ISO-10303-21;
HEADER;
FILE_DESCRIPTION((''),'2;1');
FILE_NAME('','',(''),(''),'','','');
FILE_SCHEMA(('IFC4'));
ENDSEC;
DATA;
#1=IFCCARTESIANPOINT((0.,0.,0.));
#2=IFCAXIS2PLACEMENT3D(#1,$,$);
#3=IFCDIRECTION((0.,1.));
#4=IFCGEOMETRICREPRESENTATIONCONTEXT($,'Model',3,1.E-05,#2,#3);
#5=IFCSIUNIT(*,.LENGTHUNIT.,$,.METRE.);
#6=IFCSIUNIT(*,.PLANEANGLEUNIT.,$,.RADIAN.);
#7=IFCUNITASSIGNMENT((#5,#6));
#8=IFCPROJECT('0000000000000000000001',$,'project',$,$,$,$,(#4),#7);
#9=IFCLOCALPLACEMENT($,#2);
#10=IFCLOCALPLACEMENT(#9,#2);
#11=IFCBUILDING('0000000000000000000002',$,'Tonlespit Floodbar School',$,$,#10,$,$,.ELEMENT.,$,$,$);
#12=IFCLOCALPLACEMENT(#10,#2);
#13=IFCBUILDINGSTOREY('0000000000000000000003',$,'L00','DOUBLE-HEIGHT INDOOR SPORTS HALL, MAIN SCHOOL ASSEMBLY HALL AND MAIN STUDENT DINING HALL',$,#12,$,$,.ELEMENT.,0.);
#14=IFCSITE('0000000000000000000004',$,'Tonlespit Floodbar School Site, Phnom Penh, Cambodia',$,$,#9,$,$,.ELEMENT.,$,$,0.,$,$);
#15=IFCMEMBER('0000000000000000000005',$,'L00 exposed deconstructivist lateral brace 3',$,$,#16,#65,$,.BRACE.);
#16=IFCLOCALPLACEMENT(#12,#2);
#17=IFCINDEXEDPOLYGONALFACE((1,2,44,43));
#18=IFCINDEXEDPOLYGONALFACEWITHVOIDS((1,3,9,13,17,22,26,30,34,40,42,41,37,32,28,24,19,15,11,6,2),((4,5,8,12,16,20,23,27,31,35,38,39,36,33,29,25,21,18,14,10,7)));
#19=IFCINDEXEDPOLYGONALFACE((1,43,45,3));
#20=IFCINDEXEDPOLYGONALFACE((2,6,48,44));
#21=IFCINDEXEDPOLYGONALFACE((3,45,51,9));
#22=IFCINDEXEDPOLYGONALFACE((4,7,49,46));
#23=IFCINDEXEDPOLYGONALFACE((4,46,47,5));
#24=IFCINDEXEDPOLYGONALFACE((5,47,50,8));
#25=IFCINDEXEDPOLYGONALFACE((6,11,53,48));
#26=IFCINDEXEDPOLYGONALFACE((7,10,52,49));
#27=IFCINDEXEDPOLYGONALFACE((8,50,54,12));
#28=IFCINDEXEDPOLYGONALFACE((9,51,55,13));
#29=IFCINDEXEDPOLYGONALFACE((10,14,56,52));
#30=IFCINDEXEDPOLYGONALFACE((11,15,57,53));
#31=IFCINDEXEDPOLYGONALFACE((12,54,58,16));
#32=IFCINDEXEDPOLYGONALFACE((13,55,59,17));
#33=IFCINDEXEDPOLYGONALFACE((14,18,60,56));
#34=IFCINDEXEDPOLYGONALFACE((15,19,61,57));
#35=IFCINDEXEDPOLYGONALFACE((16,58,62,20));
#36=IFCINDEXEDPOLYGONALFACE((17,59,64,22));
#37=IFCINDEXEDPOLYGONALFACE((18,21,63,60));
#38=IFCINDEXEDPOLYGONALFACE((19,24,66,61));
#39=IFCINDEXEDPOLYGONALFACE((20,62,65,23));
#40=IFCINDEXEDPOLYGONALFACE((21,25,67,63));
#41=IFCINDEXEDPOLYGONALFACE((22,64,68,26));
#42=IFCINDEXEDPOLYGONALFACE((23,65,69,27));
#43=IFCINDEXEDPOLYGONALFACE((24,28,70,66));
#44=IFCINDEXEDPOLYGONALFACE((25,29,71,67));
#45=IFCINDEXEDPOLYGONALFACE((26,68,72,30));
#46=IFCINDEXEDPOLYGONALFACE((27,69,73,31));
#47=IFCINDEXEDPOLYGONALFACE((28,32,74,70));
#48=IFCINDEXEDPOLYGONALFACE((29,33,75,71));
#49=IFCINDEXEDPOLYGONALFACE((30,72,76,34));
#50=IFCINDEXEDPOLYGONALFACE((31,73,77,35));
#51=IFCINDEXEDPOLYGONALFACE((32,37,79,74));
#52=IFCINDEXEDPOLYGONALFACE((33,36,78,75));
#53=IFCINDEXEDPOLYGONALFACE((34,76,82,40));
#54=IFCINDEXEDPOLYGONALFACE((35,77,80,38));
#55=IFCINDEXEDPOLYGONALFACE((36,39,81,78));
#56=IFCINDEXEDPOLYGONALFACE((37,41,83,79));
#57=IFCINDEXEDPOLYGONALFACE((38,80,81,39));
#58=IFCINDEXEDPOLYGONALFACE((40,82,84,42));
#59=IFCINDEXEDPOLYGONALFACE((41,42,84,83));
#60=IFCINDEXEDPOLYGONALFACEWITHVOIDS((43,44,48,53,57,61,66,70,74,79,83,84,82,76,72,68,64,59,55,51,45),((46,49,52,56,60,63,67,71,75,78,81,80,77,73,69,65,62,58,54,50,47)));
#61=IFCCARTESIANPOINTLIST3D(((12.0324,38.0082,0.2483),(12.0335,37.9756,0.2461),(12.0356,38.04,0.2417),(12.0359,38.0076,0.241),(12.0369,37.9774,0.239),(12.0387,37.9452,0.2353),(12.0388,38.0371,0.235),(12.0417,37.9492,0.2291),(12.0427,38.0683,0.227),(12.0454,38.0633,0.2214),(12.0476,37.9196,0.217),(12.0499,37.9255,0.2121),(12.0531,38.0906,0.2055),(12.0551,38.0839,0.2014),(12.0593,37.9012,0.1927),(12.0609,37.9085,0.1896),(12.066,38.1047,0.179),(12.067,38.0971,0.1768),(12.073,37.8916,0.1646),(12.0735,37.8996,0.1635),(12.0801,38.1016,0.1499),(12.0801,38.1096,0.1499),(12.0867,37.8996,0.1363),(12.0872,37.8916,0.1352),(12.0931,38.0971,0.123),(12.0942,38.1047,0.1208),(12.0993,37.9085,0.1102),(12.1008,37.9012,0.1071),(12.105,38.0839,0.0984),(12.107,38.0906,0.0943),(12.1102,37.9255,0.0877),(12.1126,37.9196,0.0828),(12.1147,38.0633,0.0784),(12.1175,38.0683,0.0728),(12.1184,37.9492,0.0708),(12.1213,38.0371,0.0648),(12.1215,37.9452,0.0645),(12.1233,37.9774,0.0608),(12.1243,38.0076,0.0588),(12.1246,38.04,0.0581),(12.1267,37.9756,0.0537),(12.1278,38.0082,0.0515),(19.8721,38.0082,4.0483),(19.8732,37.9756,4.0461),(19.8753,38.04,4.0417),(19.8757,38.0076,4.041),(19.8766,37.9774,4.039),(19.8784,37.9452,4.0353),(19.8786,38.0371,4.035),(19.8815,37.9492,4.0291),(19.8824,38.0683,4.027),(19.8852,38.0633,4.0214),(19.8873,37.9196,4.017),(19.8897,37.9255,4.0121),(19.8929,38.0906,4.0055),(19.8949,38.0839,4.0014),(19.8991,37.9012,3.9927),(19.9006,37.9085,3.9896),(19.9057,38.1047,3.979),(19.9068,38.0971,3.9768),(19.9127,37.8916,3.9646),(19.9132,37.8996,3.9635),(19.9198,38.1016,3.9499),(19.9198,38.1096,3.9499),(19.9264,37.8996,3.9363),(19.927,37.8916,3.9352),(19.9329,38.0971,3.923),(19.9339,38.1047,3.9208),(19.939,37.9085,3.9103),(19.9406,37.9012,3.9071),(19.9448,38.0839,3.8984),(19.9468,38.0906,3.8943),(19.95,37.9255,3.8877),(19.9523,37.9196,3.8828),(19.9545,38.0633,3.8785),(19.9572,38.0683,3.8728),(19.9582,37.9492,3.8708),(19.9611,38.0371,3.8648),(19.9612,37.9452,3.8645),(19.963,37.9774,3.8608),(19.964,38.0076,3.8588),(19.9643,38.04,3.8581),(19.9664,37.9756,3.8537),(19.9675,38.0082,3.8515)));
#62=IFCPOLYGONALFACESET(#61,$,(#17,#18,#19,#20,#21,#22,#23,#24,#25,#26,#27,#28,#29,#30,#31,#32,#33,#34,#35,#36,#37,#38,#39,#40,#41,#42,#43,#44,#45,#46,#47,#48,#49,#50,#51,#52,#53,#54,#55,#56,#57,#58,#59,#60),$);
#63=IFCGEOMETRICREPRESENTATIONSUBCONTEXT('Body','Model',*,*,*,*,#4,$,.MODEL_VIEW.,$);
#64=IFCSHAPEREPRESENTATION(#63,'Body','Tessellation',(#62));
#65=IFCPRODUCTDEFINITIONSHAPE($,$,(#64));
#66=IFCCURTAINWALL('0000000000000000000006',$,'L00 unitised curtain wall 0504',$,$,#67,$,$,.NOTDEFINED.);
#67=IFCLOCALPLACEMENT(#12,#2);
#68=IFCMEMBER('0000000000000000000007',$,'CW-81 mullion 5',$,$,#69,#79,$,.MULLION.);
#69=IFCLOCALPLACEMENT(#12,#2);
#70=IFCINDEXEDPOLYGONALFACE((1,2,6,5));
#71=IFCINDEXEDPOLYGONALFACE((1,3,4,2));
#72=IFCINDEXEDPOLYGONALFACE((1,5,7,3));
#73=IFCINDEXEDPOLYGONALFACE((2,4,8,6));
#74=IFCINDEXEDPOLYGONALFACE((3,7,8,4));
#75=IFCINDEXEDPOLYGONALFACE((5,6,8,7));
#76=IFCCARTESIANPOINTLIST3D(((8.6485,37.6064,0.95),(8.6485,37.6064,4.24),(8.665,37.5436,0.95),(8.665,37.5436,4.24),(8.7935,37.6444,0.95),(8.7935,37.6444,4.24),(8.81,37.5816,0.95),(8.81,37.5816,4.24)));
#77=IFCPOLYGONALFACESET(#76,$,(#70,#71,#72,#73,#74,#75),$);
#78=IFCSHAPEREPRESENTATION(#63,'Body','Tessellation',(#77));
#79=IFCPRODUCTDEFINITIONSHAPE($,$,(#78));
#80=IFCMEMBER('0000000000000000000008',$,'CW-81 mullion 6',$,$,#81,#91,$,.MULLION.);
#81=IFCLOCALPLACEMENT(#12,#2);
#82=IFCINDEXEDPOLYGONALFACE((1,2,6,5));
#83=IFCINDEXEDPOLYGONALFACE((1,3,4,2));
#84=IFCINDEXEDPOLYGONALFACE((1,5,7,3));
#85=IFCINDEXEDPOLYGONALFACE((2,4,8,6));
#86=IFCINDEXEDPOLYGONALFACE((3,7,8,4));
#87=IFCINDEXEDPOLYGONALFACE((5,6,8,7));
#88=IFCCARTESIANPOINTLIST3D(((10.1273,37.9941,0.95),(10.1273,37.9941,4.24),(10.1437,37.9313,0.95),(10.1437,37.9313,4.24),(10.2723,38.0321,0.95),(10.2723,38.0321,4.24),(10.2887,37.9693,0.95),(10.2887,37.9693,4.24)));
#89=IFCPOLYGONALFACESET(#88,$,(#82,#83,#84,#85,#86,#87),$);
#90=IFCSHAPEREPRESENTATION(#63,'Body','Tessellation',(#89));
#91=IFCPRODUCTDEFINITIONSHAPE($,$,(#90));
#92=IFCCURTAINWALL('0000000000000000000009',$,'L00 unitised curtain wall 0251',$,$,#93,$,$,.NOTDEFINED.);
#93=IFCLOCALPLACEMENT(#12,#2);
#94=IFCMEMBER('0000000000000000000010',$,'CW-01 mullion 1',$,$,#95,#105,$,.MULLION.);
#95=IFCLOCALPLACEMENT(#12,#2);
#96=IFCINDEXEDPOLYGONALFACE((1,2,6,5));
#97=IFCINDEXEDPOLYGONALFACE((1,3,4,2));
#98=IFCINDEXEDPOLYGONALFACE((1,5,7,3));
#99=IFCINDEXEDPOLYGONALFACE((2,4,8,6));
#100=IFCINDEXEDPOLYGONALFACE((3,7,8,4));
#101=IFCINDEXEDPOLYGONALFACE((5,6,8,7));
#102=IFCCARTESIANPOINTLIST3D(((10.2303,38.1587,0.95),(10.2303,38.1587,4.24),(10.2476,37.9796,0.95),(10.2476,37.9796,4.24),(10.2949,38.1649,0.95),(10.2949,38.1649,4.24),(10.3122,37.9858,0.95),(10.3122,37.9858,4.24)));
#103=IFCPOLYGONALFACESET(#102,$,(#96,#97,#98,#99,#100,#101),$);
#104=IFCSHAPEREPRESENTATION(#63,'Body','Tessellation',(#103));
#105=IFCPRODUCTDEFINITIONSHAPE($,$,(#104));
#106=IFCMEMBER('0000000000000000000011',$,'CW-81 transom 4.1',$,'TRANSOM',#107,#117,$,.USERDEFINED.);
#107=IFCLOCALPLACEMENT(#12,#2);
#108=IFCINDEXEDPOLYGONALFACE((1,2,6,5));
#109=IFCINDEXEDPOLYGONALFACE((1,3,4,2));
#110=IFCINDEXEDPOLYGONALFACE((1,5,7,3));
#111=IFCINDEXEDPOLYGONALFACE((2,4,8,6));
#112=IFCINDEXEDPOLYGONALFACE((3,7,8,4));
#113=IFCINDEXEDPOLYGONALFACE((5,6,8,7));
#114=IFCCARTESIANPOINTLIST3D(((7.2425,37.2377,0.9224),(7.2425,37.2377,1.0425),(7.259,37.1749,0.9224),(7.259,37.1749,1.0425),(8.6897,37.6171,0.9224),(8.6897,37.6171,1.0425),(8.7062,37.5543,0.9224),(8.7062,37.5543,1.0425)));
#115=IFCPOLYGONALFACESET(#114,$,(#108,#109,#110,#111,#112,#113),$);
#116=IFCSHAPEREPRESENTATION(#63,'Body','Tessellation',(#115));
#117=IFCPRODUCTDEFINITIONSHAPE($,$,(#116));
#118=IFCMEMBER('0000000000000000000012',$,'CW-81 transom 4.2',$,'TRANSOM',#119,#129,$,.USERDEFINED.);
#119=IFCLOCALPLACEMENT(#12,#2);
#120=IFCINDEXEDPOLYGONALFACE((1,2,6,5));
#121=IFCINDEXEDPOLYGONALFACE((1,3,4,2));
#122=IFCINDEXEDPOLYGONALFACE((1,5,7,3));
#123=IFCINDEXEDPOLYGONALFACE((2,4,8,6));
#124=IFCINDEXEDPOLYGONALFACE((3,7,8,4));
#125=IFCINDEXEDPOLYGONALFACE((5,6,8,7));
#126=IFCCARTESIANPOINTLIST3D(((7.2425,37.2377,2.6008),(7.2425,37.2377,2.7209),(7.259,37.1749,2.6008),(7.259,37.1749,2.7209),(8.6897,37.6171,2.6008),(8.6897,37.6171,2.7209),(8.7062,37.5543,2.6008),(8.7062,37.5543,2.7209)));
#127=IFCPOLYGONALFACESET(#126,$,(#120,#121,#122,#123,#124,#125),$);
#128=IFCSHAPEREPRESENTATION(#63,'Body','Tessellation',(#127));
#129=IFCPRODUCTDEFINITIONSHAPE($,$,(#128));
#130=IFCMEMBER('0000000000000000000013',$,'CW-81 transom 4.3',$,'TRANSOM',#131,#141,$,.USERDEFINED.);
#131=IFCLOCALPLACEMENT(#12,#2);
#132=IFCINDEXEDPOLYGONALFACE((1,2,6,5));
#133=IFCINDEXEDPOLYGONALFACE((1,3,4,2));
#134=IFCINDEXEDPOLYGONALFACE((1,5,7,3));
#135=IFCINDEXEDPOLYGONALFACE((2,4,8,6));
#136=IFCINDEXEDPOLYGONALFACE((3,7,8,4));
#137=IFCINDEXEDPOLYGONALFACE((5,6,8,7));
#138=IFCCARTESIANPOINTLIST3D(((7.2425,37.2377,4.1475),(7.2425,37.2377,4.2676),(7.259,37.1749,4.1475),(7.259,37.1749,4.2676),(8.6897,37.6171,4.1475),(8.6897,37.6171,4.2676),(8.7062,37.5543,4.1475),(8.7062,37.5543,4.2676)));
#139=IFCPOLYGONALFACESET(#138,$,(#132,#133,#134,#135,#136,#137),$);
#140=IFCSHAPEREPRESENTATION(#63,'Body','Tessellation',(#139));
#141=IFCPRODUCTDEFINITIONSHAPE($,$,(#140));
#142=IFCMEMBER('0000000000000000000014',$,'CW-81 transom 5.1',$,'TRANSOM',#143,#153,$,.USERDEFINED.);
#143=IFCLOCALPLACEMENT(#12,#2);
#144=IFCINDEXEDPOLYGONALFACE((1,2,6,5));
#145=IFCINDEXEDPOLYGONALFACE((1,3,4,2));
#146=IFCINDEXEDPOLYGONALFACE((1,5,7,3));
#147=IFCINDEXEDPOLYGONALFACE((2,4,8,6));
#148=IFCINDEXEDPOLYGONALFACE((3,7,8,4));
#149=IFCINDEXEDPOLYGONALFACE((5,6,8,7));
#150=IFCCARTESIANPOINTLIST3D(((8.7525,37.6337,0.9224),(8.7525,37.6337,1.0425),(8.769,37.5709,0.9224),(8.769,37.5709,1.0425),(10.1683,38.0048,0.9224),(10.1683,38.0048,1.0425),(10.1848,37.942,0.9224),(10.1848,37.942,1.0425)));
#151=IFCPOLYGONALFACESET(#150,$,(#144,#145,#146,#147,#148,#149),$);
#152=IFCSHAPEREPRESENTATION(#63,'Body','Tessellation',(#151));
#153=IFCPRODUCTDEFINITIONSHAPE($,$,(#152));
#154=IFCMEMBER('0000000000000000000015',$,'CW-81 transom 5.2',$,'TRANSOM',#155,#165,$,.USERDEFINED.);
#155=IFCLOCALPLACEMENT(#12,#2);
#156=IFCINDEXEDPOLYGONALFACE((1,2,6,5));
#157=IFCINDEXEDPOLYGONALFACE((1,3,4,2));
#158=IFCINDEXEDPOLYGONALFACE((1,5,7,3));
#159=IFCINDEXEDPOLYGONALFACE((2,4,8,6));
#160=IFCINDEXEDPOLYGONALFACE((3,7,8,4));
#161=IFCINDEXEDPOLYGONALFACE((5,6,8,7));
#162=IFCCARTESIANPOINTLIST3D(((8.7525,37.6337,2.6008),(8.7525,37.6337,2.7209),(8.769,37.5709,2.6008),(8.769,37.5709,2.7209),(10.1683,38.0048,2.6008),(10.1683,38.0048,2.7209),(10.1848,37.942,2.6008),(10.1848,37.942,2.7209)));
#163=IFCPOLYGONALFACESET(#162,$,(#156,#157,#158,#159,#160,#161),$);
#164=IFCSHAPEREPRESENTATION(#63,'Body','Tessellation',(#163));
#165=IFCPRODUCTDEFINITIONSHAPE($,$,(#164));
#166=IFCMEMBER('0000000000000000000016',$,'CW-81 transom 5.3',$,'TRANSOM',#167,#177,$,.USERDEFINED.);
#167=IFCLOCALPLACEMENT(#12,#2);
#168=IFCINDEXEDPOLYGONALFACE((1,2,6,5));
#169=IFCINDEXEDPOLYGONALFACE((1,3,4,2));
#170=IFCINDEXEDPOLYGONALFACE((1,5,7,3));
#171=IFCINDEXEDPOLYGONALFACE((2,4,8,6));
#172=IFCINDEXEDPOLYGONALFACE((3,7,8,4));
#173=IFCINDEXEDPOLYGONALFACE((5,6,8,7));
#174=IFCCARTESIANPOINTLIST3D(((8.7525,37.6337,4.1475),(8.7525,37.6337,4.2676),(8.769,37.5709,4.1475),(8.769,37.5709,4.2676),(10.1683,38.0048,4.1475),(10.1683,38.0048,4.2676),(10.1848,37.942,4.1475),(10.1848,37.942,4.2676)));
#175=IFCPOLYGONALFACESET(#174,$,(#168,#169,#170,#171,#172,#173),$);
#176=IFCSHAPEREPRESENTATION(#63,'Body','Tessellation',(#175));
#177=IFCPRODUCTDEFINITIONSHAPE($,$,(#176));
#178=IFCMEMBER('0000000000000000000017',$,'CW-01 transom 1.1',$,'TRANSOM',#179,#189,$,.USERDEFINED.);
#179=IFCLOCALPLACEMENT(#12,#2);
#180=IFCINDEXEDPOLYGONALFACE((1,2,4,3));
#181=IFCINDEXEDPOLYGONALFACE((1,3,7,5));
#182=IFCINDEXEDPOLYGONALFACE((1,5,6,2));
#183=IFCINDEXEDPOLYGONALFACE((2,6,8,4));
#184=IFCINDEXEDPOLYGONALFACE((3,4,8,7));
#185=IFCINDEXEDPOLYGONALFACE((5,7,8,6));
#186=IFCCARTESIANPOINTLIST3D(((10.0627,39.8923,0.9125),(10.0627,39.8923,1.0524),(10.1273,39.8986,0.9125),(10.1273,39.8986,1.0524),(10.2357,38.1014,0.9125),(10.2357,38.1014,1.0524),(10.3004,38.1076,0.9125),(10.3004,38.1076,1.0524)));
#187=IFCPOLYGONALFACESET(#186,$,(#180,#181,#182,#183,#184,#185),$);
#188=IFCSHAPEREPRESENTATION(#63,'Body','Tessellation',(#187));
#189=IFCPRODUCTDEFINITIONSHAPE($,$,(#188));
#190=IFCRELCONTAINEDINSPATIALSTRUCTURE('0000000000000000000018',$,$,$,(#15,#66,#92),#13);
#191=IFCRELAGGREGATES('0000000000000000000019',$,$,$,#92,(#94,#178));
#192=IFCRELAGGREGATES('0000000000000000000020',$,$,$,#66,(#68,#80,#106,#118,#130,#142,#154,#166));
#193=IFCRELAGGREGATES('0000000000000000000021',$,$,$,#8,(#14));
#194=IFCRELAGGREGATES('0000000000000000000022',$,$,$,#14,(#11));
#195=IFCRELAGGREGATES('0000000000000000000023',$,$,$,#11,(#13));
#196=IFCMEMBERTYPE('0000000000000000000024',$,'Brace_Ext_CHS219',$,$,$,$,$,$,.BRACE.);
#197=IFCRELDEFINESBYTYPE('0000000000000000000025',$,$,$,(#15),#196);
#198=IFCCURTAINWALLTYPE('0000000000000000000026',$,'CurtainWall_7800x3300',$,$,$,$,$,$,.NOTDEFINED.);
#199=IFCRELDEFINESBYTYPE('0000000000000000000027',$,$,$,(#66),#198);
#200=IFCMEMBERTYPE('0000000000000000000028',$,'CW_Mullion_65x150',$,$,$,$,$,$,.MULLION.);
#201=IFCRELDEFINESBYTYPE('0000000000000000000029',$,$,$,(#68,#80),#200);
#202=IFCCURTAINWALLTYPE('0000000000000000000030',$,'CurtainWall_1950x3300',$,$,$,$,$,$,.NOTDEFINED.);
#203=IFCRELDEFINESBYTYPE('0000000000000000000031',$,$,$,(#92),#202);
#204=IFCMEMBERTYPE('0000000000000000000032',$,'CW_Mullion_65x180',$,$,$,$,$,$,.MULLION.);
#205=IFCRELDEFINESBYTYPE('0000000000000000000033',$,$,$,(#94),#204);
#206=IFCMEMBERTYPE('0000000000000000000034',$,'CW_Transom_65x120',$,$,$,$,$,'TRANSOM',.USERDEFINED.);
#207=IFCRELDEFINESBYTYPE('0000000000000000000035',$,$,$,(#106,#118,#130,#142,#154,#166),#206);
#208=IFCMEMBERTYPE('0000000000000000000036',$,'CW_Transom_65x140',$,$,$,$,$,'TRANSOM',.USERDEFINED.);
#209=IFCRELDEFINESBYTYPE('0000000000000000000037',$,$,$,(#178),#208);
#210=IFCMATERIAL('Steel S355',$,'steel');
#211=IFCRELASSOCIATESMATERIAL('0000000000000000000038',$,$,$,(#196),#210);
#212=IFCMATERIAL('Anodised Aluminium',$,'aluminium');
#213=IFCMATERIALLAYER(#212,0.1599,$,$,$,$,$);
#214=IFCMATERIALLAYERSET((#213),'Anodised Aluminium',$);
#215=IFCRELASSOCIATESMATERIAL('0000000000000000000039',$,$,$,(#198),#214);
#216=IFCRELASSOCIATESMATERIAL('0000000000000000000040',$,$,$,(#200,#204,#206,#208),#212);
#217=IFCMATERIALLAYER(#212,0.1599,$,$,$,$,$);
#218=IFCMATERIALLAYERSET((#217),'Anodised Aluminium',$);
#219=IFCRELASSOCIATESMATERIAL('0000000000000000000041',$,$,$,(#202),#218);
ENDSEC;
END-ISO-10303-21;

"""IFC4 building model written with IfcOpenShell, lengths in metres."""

from ifc_helpers import new_model, si_unit, direction, frame, origin, origin_2d, place, context, subcontext, project, spatial, rectangle, hollow_circle, extrude, material, layer, layer_set, material_profile, profile_set, type_object, element, aggregate, save


model = new_model("IFC4")

# Units and contexts
model_context = context("Model", 3, precision=1e-05, world=origin(), true_north=direction((0.0, 1.0)))
body_context = subcontext(model_context, "Body", "Model", "MODEL_VIEW")
ifc_project = project(units=[si_unit("LENGTHUNIT", "METRE"), si_unit("PLANEANGLEUNIT", "RADIAN")], contexts=[model_context])

# Site, building, storey
site_placement = place(None, origin())
site = spatial("IfcSite", under=ifc_project, at=site_placement, Name="Tonlespit Floodbar School Site, Phnom Penh, Cambodia", CompositionType="ELEMENT", RefElevation=0.0)
building_placement = place(site_placement, origin())
building = spatial("IfcBuilding", under=site, at=building_placement, Name="Tonlespit Floodbar School", CompositionType="ELEMENT")
storey_placement = place(building_placement, origin())
storey = spatial("IfcBuildingStorey", under=building, at=storey_placement, Name="L00", Description="DOUBLE-HEIGHT INDOOR SPORTS HALL, MAIN SCHOOL ASSEMBLY HALL AND MAIN STUDENT DINING HALL", CompositionType="ELEMENT", Elevation=0.0)

# Member
ifc_material_1 = material(Name="Steel S355", Category="steel")
ifc_material_profile_1 = material_profile(ifc_material_1, hollow_circle(Radius=0.1096, WallThickness=0.0081, at=origin_2d()), Name="CHS 219.1x8")
ifc_profile_set_1 = profile_set([ifc_material_profile_1], Name="Steel S355")
member_type_1 = type_object("IfcMemberType", Name="Brace_Ext_CHS219", PredefinedType="BRACE", material=ifc_profile_set_1)
member_1_placement = place(storey_placement, frame((12.0801, 38.0, 0.1499), z_axis=(0.899863, 0.0, 0.436172), x_axis=(0.0, 1.0, 0.0)))
element("IfcMember", 1, at=member_1_placement, inside=storey, type_object=member_type_1, Name="L00 exposed deconstructivist lateral brace 3", PredefinedType="BRACE", context=body_context, shape_type="SweptSolid", body=[
    extrude(hollow_circle(Radius=0.1096, WallThickness=0.0081, at=origin_2d()), origin(), (0.0, 0.0, 1.0), 8.7122),
])

# Curtain wall, members
ifc_material_2 = material(Name="Anodised Aluminium", Category="aluminium")
ifc_layer_1 = layer(ifc_material_2, 0.1599)
ifc_layer_set_1 = layer_set([ifc_layer_1], Name="Anodised Aluminium")
curtain_wall_type_1 = type_object("IfcCurtainWallType", Name="CurtainWall_7800x3300", PredefinedType="NOTDEFINED", material=ifc_layer_set_1)
curtain_wall_1_placement = place(storey_placement, origin())
curtain_wall_1 = element("IfcCurtainWall", 2, at=curtain_wall_1_placement, inside=storey, type_object=curtain_wall_type_1, Name="L00 unitised curtain wall 0504", PredefinedType="NOTDEFINED")
ifc_material_profile_2 = material_profile(ifc_material_2, rectangle(XDim=0.0649, YDim=0.1499, at=origin_2d()), Name="ALU M65x150")
ifc_profile_set_2 = profile_set([ifc_material_profile_2], Name="Anodised Aluminium")
member_type_2 = type_object("IfcMemberType", Name="CW_Mullion_65x150", PredefinedType="MULLION", material=ifc_profile_set_2)
member_2_placement = place(storey_placement, frame((8.7292, 37.594, 0.95), z_axis=(0.0, 0.0, 1.0), x_axis=(-0.253624, 0.967303, 0.0)))
member_2 = element("IfcMember", 3, at=member_2_placement, type_object=member_type_2, Name="CW-81 mullion 5", PredefinedType="MULLION", context=body_context, shape_type="SweptSolid", body=[
    extrude(rectangle(XDim=0.0649, YDim=0.1499, at=origin_2d()), origin(), (0.0, 0.0, 1.0), 3.29),
])
member_3_placement = place(storey_placement, frame((10.208, 37.9817, 0.95), z_axis=(0.0, 0.0, 1.0), x_axis=(-0.253624, 0.967303, 0.0)))
member_3 = element("IfcMember", 4, at=member_3_placement, type_object=member_type_2, Name="CW-81 mullion 6", PredefinedType="MULLION", context=body_context, shape_type="SweptSolid", body=[
    extrude(rectangle(XDim=0.0649, YDim=0.1499, at=origin_2d()), origin(), (0.0, 0.0, 1.0), 3.29),
])

# Curtain wall, member
ifc_layer_2 = layer(ifc_material_2, 0.1599)
ifc_layer_set_2 = layer_set([ifc_layer_2], Name="Anodised Aluminium")
curtain_wall_type_2 = type_object("IfcCurtainWallType", Name="CurtainWall_1950x3300", PredefinedType="NOTDEFINED", material=ifc_layer_set_2)
curtain_wall_2_placement = place(storey_placement, origin())
curtain_wall_2 = element("IfcCurtainWall", 5, at=curtain_wall_2_placement, inside=storey, type_object=curtain_wall_type_2, Name="L00 unitised curtain wall 0251", PredefinedType="NOTDEFINED")
ifc_material_profile_3 = material_profile(ifc_material_2, rectangle(XDim=0.0649, YDim=0.1799, at=origin_2d()), Name="ALU M65x180")
ifc_profile_set_3 = profile_set([ifc_material_profile_3], Name="Anodised Aluminium")
member_type_3 = type_object("IfcMemberType", Name="CW_Mullion_65x180", PredefinedType="MULLION", material=ifc_profile_set_3)
member_4_placement = place(storey_placement, frame((10.2712, 38.0723, 0.95), z_axis=(0.0, 0.0, 1.0), x_axis=(-0.995362, -0.096198, 0.0)))
member_4 = element("IfcMember", 6, at=member_4_placement, type_object=member_type_3, Name="CW-01 mullion 1", PredefinedType="MULLION", context=body_context, shape_type="SweptSolid", body=[
    extrude(rectangle(XDim=0.0649, YDim=0.1799, at=origin_2d()), origin(), (0.0, 0.0, 1.0), 3.29),
])

# Members
ifc_material_profile_4 = material_profile(ifc_material_2, rectangle(XDim=0.0649, YDim=0.1201, at=origin_2d()), Name="ALU T65x120")
ifc_profile_set_4 = profile_set([ifc_material_profile_4], Name="Anodised Aluminium")
member_type_4 = type_object("IfcMemberType", Name="CW_Transom_65x120", ElementType="TRANSOM", PredefinedType="USERDEFINED", material=ifc_profile_set_4)
member_5_placement = place(storey_placement, frame((7.2507, 37.2063, 0.9824), z_axis=(0.967315, 0.253578, 0.0), x_axis=(-0.253578, 0.967315, 0.0)))
member_5 = element("IfcMember", 7, at=member_5_placement, type_object=member_type_4, Name="CW-81 transom 4.1", ObjectType="TRANSOM", PredefinedType="USERDEFINED", context=body_context, shape_type="SweptSolid", body=[
    extrude(rectangle(XDim=0.0649, YDim=0.1201, at=origin_2d()), origin(), (0.0, 0.0, 1.0), 1.4961),
])
member_6_placement = place(storey_placement, frame((7.2507, 37.2063, 2.6609), z_axis=(0.967315, 0.253578, 0.0), x_axis=(-0.253578, 0.967315, 0.0)))
member_6 = element("IfcMember", 8, at=member_6_placement, type_object=member_type_4, Name="CW-81 transom 4.2", ObjectType="TRANSOM", PredefinedType="USERDEFINED", context=body_context, shape_type="SweptSolid", body=[
    extrude(rectangle(XDim=0.0649, YDim=0.1201, at=origin_2d()), origin(), (0.0, 0.0, 1.0), 1.4961),
])
member_7_placement = place(storey_placement, frame((7.2507, 37.2063, 4.2075), z_axis=(0.967315, 0.253578, 0.0), x_axis=(-0.253578, 0.967315, 0.0)))
member_7 = element("IfcMember", 9, at=member_7_placement, type_object=member_type_4, Name="CW-81 transom 4.3", ObjectType="TRANSOM", PredefinedType="USERDEFINED", context=body_context, shape_type="SweptSolid", body=[
    extrude(rectangle(XDim=0.0649, YDim=0.1201, at=origin_2d()), origin(), (0.0, 0.0, 1.0), 1.4961),
])
member_8_placement = place(storey_placement, frame((8.7607, 37.6023, 0.9824), z_axis=(0.967323, 0.253549, 0.0), x_axis=(-0.253549, 0.967323, 0.0)))
member_8 = element("IfcMember", 10, at=member_8_placement, type_object=member_type_4, Name="CW-81 transom 5.1", ObjectType="TRANSOM", PredefinedType="USERDEFINED", context=body_context, shape_type="SweptSolid", body=[
    extrude(rectangle(XDim=0.0649, YDim=0.1201, at=origin_2d()), origin(), (0.0, 0.0, 1.0), 1.4636),
])
member_9_placement = place(storey_placement, frame((8.7607, 37.6023, 2.6609), z_axis=(0.967323, 0.253549, 0.0), x_axis=(-0.253549, 0.967323, 0.0)))
member_9 = element("IfcMember", 11, at=member_9_placement, type_object=member_type_4, Name="CW-81 transom 5.2", ObjectType="TRANSOM", PredefinedType="USERDEFINED", context=body_context, shape_type="SweptSolid", body=[
    extrude(rectangle(XDim=0.0649, YDim=0.1201, at=origin_2d()), origin(), (0.0, 0.0, 1.0), 1.4636),
])
member_10_placement = place(storey_placement, frame((8.7607, 37.6023, 4.2075), z_axis=(0.967323, 0.253549, 0.0), x_axis=(-0.253549, 0.967323, 0.0)))
member_10 = element("IfcMember", 12, at=member_10_placement, type_object=member_type_4, Name="CW-81 transom 5.3", ObjectType="TRANSOM", PredefinedType="USERDEFINED", context=body_context, shape_type="SweptSolid", body=[
    extrude(rectangle(XDim=0.0649, YDim=0.1201, at=origin_2d()), origin(), (0.0, 0.0, 1.0), 1.4636),
])
ifc_material_profile_5 = material_profile(ifc_material_2, rectangle(XDim=0.0649, YDim=0.1399, at=origin_2d()), Name="ALU T65x140")
ifc_profile_set_5 = profile_set([ifc_material_profile_5], Name="Anodised Aluminium")
member_type_5 = type_object("IfcMemberType", Name="CW_Transom_65x140", ElementType="TRANSOM", PredefinedType="USERDEFINED", material=ifc_profile_set_5)
member_11_placement = place(storey_placement, frame((10.2681, 38.1045, 0.9824), z_axis=(-0.096198, 0.995362, 0.0), x_axis=(-0.995362, -0.096198, 0.0)))
member_11 = element("IfcMember", 13, at=member_11_placement, type_object=member_type_5, Name="CW-01 transom 1.1", ObjectType="TRANSOM", PredefinedType="USERDEFINED", context=body_context, shape_type="SweptSolid", body=[
    extrude(rectangle(XDim=0.0649, YDim=0.1399, at=origin_2d()), origin(), (0.0, 0.0, 1.0), 1.7993),
])
aggregate(curtain_wall_2, [member_4, member_11])

aggregate(curtain_wall_1, [member_2, member_3, member_5, member_6, member_7, member_8, member_9, member_10])

save(model, "model.ifc")
